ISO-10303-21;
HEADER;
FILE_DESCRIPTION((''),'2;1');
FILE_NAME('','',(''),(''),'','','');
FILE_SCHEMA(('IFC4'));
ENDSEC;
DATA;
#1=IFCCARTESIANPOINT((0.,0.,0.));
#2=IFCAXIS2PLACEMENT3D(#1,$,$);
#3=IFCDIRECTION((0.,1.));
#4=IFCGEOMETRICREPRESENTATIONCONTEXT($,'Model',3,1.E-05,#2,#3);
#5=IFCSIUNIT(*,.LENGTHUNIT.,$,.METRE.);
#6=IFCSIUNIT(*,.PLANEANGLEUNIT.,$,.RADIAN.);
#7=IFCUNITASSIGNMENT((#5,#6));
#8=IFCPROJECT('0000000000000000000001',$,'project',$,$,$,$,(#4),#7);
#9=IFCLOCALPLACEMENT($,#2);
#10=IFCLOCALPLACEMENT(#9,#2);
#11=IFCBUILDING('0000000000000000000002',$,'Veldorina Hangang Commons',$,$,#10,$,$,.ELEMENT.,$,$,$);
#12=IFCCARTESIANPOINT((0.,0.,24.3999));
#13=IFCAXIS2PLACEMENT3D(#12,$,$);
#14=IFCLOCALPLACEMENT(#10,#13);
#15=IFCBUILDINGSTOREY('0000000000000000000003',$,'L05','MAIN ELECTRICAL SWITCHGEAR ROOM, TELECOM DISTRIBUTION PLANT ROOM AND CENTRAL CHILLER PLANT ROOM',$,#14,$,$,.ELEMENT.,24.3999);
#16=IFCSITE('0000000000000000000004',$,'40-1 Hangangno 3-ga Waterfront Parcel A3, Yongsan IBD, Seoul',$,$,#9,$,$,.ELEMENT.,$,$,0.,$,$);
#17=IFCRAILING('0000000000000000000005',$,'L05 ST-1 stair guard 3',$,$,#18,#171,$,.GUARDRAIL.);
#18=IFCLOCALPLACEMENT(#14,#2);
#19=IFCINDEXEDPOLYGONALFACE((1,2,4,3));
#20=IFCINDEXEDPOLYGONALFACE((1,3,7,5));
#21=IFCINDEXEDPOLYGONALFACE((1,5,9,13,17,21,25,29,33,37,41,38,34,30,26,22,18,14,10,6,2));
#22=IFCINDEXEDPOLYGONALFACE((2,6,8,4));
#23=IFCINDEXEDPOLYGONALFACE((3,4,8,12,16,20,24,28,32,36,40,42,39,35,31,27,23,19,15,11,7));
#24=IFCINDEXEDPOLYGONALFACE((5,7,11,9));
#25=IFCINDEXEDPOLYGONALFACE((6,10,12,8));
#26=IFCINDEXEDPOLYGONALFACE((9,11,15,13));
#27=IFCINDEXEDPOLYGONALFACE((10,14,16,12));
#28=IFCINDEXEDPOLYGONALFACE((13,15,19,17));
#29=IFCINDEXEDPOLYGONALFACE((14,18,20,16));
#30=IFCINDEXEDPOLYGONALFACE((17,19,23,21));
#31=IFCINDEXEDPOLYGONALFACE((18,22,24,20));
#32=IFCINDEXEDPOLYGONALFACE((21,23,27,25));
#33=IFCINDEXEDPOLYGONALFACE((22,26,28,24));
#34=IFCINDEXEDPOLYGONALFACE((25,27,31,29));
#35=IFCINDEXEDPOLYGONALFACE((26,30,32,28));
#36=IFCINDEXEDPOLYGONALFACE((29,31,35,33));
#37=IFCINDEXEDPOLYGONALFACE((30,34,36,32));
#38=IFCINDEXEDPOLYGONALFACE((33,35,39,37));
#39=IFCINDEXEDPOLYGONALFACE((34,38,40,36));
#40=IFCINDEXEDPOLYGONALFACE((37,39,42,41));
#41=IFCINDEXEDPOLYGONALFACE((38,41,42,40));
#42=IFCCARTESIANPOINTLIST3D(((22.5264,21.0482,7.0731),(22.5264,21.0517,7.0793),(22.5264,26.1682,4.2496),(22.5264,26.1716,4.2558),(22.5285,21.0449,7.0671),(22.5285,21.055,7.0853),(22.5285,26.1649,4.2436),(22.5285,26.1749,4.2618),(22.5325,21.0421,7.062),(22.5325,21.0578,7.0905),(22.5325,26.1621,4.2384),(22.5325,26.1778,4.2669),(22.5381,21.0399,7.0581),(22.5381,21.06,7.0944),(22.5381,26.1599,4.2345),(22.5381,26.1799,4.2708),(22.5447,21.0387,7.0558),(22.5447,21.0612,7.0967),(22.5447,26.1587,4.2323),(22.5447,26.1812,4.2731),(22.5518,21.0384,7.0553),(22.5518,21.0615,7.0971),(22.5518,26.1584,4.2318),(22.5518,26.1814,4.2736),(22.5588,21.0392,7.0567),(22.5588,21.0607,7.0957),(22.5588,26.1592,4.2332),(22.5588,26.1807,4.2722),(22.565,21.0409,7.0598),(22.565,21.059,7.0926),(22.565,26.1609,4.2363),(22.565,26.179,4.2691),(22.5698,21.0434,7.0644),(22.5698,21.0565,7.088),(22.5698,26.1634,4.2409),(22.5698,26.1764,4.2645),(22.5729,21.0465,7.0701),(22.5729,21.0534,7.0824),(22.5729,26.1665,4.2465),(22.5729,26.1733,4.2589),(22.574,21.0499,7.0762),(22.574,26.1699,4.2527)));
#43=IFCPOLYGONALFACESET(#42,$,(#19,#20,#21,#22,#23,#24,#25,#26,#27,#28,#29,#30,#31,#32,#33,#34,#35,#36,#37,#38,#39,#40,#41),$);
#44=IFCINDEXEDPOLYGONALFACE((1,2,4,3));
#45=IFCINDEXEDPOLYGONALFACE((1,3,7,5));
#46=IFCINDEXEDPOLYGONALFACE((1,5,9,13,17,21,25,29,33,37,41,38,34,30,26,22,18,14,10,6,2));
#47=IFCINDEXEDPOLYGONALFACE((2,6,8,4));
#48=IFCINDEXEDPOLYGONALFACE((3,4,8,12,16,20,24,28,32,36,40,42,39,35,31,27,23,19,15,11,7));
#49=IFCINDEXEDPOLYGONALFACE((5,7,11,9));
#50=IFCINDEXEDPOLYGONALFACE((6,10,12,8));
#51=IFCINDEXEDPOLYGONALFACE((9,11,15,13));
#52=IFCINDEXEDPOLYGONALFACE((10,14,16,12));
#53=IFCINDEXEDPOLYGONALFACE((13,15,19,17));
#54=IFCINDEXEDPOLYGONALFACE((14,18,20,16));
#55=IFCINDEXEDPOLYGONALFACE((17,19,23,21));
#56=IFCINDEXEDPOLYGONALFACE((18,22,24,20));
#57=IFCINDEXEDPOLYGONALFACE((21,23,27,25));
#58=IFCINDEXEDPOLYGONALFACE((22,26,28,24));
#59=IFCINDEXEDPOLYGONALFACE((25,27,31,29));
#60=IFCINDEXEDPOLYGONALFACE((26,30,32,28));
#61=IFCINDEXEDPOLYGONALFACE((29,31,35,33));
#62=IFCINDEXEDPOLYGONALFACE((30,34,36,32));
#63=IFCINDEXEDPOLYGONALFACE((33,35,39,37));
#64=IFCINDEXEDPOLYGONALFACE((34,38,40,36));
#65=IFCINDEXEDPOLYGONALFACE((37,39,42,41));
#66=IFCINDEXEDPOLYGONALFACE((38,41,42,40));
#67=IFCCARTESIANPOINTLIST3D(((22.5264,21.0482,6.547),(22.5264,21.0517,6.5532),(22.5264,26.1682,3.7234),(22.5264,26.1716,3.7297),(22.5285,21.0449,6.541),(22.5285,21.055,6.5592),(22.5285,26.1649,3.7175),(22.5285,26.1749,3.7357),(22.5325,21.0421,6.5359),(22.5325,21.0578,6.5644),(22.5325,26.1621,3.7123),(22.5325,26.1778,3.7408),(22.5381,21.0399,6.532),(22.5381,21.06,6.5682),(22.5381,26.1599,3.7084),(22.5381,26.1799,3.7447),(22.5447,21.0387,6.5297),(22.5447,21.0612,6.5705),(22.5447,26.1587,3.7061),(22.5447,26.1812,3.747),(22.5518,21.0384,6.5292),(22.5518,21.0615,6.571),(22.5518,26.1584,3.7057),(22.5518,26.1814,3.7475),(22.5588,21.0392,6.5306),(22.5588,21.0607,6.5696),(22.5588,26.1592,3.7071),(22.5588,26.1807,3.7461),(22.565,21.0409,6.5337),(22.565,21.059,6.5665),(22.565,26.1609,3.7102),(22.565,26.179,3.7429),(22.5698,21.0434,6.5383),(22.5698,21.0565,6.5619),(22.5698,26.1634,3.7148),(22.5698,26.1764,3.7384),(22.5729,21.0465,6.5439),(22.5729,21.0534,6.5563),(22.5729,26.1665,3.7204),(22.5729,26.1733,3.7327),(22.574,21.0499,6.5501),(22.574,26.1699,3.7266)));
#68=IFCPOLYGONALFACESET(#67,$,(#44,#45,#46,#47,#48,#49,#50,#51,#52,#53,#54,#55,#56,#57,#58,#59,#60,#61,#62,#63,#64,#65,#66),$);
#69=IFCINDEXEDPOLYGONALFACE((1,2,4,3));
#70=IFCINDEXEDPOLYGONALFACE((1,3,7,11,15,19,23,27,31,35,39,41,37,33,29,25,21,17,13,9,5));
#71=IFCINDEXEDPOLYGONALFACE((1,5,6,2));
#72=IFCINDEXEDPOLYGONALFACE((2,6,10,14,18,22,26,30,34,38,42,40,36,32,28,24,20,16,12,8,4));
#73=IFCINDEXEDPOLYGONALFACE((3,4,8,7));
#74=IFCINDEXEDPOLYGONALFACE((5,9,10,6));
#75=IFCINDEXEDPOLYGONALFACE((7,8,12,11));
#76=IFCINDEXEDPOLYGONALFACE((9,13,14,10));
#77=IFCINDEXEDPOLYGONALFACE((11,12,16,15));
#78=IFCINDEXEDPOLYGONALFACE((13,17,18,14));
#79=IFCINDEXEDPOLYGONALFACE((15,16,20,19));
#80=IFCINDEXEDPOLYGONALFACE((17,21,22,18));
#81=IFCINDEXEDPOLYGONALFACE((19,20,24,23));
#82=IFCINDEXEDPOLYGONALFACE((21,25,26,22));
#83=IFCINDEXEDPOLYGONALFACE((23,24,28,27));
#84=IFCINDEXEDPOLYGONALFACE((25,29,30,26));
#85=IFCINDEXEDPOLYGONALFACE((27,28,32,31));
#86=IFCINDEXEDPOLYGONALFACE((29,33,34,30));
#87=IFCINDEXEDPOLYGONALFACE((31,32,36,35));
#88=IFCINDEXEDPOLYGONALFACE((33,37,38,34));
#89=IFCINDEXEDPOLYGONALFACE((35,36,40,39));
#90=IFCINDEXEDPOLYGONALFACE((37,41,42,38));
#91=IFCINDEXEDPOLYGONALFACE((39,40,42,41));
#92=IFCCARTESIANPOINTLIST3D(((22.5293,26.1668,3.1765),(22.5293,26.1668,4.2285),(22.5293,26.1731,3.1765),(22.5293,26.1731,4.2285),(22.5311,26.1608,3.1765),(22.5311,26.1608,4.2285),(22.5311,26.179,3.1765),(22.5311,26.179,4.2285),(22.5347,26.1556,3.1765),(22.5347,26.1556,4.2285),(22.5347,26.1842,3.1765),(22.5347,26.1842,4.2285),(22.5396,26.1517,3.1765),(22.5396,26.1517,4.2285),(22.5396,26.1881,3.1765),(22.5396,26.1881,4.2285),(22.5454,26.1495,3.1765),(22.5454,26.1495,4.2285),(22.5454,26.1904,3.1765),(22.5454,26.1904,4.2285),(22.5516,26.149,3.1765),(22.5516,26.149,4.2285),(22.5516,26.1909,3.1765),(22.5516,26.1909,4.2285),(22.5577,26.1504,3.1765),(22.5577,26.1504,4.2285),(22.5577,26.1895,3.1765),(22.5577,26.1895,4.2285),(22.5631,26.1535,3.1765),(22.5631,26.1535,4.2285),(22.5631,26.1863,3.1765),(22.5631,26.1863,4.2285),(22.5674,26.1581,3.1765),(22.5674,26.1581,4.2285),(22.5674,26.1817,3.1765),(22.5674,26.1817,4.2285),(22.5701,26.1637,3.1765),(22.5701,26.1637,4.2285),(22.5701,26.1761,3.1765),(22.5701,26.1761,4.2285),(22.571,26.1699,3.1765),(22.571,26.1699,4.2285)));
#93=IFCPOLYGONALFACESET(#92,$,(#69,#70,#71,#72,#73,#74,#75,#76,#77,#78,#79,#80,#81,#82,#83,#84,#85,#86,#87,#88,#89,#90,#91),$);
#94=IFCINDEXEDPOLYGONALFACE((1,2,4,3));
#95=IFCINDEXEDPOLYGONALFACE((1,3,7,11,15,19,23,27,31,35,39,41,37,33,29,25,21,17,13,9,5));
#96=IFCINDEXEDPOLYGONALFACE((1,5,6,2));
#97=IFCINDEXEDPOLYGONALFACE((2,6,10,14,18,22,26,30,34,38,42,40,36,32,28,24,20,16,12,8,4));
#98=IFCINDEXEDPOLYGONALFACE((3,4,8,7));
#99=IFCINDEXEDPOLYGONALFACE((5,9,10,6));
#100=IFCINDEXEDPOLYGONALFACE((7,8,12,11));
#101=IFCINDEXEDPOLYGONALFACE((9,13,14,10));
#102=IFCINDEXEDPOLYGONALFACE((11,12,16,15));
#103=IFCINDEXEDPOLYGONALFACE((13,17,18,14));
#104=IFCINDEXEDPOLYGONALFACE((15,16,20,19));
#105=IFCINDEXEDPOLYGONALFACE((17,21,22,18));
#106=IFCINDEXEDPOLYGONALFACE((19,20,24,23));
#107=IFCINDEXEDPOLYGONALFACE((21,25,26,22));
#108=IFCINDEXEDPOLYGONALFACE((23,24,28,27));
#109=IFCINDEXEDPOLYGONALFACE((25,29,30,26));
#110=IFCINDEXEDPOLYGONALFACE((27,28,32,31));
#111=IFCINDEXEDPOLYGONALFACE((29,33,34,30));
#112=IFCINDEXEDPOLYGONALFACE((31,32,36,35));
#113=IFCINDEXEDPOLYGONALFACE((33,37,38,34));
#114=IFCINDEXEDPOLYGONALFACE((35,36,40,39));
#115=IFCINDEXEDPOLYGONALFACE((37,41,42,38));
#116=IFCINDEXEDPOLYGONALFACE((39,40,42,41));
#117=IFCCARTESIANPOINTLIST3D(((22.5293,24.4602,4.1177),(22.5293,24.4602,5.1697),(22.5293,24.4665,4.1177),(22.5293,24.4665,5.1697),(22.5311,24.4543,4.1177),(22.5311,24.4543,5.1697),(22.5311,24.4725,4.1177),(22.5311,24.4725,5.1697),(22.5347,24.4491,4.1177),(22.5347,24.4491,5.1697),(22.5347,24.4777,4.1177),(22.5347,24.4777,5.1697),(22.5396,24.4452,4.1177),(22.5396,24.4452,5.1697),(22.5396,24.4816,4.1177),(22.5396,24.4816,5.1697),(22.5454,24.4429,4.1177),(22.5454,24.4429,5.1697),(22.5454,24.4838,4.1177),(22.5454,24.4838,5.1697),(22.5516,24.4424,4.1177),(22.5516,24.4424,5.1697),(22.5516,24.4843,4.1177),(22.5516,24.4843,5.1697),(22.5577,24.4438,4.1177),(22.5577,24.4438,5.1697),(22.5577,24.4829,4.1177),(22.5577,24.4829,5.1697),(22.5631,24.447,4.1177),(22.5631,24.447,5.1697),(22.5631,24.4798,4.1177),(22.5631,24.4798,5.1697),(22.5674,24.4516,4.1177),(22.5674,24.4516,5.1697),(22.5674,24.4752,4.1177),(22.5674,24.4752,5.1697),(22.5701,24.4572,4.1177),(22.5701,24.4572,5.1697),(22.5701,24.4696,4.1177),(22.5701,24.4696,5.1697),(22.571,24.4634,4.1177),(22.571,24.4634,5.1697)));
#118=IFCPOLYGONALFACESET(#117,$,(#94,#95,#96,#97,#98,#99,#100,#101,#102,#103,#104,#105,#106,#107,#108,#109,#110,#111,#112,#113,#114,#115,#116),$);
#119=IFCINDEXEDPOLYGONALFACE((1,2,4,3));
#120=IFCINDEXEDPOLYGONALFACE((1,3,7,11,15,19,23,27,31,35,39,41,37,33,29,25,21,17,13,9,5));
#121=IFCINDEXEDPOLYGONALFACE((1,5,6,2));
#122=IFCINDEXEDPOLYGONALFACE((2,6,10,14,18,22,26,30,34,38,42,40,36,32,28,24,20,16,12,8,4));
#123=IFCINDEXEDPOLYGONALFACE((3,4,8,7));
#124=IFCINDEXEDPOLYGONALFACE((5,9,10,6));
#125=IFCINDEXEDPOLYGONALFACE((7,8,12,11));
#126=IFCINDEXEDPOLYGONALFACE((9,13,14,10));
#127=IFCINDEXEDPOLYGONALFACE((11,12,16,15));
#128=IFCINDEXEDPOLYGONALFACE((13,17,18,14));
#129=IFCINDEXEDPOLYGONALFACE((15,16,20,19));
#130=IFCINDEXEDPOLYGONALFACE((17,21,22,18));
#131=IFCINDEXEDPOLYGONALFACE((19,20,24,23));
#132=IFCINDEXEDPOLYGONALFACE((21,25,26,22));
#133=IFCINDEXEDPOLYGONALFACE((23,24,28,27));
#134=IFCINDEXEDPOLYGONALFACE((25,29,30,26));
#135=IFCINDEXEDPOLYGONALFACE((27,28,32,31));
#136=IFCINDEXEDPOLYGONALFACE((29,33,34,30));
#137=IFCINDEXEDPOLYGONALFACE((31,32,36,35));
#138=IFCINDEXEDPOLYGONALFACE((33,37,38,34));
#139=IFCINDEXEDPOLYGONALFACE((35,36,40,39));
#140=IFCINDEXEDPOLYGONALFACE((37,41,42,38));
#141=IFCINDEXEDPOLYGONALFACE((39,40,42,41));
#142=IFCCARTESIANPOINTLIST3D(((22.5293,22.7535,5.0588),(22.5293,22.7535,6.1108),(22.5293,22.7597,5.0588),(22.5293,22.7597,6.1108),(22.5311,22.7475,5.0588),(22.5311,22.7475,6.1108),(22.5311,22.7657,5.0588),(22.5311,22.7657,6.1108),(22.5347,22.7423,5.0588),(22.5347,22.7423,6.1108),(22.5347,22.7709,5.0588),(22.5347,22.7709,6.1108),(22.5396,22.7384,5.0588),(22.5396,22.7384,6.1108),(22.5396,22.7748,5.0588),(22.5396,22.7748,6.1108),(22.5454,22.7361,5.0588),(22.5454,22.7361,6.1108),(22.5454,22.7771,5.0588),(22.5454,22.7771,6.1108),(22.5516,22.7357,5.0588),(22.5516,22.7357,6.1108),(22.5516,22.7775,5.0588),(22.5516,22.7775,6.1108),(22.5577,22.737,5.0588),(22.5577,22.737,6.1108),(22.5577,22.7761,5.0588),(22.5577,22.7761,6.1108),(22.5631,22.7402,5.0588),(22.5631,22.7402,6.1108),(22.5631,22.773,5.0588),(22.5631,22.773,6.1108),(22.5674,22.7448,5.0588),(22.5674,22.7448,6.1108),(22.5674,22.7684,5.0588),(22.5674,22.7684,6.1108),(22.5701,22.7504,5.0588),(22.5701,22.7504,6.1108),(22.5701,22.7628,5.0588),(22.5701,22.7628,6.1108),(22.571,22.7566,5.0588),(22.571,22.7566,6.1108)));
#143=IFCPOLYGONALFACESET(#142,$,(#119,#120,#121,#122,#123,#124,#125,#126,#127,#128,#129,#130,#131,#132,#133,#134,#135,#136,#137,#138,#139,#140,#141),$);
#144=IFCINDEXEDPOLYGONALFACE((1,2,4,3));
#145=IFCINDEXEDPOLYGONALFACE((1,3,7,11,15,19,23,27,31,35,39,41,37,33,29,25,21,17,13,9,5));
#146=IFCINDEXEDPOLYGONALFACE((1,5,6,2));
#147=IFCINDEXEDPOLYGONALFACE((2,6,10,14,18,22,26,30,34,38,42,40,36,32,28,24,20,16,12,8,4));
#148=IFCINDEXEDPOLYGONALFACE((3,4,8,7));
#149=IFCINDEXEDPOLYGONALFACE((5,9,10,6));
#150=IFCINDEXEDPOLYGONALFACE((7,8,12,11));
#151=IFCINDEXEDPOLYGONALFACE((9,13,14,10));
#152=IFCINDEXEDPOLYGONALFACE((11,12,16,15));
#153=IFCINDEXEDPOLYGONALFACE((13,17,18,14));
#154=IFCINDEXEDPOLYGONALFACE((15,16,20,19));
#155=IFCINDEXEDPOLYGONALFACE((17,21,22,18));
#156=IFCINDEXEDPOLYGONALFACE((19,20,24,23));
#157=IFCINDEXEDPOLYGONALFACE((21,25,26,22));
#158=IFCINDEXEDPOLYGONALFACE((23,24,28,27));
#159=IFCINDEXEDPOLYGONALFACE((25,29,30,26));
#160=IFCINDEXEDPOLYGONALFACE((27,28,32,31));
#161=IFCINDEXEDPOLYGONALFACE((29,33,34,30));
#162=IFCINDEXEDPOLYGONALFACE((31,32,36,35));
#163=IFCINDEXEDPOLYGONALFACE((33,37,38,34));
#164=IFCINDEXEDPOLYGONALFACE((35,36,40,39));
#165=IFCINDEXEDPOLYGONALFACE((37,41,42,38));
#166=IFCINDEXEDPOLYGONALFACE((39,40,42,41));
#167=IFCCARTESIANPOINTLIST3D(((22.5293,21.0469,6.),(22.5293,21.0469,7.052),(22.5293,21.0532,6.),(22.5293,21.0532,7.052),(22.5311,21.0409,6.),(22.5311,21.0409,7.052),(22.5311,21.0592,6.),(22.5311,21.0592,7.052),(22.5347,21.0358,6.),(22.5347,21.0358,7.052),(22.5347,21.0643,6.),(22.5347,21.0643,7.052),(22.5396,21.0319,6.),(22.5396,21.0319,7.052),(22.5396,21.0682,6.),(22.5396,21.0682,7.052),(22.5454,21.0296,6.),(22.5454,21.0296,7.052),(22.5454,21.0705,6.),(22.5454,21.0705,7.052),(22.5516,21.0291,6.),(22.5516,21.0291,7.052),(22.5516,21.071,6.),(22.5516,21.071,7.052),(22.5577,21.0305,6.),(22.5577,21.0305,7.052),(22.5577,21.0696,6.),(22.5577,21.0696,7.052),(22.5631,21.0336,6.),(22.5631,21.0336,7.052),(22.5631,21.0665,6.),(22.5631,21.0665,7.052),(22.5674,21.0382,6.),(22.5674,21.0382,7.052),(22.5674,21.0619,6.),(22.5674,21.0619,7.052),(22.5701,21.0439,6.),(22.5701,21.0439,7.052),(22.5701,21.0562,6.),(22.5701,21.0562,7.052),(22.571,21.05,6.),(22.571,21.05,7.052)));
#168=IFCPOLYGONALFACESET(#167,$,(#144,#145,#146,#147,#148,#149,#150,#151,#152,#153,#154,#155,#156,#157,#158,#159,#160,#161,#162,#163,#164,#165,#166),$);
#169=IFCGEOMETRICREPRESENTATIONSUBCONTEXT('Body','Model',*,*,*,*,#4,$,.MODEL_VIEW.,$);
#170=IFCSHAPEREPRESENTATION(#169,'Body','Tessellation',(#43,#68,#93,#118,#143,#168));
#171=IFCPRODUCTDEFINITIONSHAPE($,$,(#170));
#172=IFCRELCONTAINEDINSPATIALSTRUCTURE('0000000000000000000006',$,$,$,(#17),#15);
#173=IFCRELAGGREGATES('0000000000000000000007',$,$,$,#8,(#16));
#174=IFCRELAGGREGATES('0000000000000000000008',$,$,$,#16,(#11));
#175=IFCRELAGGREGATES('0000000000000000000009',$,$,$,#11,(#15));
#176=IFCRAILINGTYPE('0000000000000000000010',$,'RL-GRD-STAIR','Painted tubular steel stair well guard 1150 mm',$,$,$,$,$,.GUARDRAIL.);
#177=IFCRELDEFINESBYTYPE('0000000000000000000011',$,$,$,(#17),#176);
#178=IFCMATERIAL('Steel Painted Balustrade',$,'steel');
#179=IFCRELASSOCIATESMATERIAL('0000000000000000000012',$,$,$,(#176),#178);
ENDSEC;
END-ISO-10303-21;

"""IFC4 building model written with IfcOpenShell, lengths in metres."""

from ifc_helpers import new_model, si_unit, direction, frame, origin, origin_2d, place, context, subcontext, project, spatial, circle, extrude, material, type_object, element, save


model = new_model("IFC4")

# Units and contexts
model_context = context("Model", 3, precision=1e-05, world=origin(), true_north=direction((0.0, 1.0)))
body_context = subcontext(model_context, "Body", "Model", "MODEL_VIEW")
ifc_project = project(units=[si_unit("LENGTHUNIT", "METRE"), si_unit("PLANEANGLEUNIT", "RADIAN")], contexts=[model_context])

# Site, building, storey
site_placement = place(None, origin())
site = spatial("IfcSite", under=ifc_project, at=site_placement, Name="40-1 Hangangno 3-ga Waterfront Parcel A3, Yongsan IBD, Seoul", CompositionType="ELEMENT", RefElevation=0.0)
building_placement = place(site_placement, origin())
building = spatial("IfcBuilding", under=site, at=building_placement, Name="Veldorina Hangang Commons", CompositionType="ELEMENT")
storey_placement = place(building_placement, frame((0.0, 0.0, 24.3999)))
storey = spatial("IfcBuildingStorey", under=building, at=storey_placement, Name="L05", Description="MAIN ELECTRICAL SWITCHGEAR ROOM, TELECOM DISTRIBUTION PLANT ROOM AND CENTRAL CHILLER PLANT ROOM", CompositionType="ELEMENT", Elevation=24.3999)

# Railing
ifc_material_1 = material(Name="Steel Painted Balustrade", Category="steel")
railing_type_1 = type_object("IfcRailingType", Name="RL-GRD-STAIR", Description="Painted tubular steel stair well guard 1150 mm", PredefinedType="GUARDRAIL", material=ifc_material_1)
railing_1_placement = place(storey_placement, frame((22.55, 26.1699, 3.1765)))
element("IfcRailing", 1, at=railing_1_placement, inside=storey, type_object=railing_type_1, Name="L05 ST-1 stair guard 3", PredefinedType="GUARDRAIL", context=body_context, shape_type="SweptSolid", body=[
    extrude(circle(Radius=0.0239, at=origin_2d()), frame((0.0, 0.0, 1.0762), z_axis=(0.0, -0.87567, 0.482911), x_axis=(1.0, 0.0, 0.0)), (0.0, 0.0, 1.0), 5.8469),
    extrude(circle(Radius=0.0239, at=origin_2d()), frame((0.0, 0.0, 0.55), z_axis=(0.0, -0.87567, 0.482911), x_axis=(1.0, 0.0, 0.0)), (0.0, 0.0, 1.0), 5.8469),
    extrude(circle(Radius=0.021, at=origin_2d()), origin(), (0.0, 0.0, 1.0), 1.052),
    extrude(circle(Radius=0.021, at=origin_2d()), frame((0.0, -1.7065, 0.9412)), (0.0, 0.0, 1.0), 1.052),
    extrude(circle(Radius=0.021, at=origin_2d()), frame((0.0, -3.4133, 1.8823)), (0.0, 0.0, 1.0), 1.052),
    extrude(circle(Radius=0.021, at=origin_2d()), frame((0.0, -5.1199, 2.8235)), (0.0, 0.0, 1.0), 1.052),
])

save(model, "model.ifc")
